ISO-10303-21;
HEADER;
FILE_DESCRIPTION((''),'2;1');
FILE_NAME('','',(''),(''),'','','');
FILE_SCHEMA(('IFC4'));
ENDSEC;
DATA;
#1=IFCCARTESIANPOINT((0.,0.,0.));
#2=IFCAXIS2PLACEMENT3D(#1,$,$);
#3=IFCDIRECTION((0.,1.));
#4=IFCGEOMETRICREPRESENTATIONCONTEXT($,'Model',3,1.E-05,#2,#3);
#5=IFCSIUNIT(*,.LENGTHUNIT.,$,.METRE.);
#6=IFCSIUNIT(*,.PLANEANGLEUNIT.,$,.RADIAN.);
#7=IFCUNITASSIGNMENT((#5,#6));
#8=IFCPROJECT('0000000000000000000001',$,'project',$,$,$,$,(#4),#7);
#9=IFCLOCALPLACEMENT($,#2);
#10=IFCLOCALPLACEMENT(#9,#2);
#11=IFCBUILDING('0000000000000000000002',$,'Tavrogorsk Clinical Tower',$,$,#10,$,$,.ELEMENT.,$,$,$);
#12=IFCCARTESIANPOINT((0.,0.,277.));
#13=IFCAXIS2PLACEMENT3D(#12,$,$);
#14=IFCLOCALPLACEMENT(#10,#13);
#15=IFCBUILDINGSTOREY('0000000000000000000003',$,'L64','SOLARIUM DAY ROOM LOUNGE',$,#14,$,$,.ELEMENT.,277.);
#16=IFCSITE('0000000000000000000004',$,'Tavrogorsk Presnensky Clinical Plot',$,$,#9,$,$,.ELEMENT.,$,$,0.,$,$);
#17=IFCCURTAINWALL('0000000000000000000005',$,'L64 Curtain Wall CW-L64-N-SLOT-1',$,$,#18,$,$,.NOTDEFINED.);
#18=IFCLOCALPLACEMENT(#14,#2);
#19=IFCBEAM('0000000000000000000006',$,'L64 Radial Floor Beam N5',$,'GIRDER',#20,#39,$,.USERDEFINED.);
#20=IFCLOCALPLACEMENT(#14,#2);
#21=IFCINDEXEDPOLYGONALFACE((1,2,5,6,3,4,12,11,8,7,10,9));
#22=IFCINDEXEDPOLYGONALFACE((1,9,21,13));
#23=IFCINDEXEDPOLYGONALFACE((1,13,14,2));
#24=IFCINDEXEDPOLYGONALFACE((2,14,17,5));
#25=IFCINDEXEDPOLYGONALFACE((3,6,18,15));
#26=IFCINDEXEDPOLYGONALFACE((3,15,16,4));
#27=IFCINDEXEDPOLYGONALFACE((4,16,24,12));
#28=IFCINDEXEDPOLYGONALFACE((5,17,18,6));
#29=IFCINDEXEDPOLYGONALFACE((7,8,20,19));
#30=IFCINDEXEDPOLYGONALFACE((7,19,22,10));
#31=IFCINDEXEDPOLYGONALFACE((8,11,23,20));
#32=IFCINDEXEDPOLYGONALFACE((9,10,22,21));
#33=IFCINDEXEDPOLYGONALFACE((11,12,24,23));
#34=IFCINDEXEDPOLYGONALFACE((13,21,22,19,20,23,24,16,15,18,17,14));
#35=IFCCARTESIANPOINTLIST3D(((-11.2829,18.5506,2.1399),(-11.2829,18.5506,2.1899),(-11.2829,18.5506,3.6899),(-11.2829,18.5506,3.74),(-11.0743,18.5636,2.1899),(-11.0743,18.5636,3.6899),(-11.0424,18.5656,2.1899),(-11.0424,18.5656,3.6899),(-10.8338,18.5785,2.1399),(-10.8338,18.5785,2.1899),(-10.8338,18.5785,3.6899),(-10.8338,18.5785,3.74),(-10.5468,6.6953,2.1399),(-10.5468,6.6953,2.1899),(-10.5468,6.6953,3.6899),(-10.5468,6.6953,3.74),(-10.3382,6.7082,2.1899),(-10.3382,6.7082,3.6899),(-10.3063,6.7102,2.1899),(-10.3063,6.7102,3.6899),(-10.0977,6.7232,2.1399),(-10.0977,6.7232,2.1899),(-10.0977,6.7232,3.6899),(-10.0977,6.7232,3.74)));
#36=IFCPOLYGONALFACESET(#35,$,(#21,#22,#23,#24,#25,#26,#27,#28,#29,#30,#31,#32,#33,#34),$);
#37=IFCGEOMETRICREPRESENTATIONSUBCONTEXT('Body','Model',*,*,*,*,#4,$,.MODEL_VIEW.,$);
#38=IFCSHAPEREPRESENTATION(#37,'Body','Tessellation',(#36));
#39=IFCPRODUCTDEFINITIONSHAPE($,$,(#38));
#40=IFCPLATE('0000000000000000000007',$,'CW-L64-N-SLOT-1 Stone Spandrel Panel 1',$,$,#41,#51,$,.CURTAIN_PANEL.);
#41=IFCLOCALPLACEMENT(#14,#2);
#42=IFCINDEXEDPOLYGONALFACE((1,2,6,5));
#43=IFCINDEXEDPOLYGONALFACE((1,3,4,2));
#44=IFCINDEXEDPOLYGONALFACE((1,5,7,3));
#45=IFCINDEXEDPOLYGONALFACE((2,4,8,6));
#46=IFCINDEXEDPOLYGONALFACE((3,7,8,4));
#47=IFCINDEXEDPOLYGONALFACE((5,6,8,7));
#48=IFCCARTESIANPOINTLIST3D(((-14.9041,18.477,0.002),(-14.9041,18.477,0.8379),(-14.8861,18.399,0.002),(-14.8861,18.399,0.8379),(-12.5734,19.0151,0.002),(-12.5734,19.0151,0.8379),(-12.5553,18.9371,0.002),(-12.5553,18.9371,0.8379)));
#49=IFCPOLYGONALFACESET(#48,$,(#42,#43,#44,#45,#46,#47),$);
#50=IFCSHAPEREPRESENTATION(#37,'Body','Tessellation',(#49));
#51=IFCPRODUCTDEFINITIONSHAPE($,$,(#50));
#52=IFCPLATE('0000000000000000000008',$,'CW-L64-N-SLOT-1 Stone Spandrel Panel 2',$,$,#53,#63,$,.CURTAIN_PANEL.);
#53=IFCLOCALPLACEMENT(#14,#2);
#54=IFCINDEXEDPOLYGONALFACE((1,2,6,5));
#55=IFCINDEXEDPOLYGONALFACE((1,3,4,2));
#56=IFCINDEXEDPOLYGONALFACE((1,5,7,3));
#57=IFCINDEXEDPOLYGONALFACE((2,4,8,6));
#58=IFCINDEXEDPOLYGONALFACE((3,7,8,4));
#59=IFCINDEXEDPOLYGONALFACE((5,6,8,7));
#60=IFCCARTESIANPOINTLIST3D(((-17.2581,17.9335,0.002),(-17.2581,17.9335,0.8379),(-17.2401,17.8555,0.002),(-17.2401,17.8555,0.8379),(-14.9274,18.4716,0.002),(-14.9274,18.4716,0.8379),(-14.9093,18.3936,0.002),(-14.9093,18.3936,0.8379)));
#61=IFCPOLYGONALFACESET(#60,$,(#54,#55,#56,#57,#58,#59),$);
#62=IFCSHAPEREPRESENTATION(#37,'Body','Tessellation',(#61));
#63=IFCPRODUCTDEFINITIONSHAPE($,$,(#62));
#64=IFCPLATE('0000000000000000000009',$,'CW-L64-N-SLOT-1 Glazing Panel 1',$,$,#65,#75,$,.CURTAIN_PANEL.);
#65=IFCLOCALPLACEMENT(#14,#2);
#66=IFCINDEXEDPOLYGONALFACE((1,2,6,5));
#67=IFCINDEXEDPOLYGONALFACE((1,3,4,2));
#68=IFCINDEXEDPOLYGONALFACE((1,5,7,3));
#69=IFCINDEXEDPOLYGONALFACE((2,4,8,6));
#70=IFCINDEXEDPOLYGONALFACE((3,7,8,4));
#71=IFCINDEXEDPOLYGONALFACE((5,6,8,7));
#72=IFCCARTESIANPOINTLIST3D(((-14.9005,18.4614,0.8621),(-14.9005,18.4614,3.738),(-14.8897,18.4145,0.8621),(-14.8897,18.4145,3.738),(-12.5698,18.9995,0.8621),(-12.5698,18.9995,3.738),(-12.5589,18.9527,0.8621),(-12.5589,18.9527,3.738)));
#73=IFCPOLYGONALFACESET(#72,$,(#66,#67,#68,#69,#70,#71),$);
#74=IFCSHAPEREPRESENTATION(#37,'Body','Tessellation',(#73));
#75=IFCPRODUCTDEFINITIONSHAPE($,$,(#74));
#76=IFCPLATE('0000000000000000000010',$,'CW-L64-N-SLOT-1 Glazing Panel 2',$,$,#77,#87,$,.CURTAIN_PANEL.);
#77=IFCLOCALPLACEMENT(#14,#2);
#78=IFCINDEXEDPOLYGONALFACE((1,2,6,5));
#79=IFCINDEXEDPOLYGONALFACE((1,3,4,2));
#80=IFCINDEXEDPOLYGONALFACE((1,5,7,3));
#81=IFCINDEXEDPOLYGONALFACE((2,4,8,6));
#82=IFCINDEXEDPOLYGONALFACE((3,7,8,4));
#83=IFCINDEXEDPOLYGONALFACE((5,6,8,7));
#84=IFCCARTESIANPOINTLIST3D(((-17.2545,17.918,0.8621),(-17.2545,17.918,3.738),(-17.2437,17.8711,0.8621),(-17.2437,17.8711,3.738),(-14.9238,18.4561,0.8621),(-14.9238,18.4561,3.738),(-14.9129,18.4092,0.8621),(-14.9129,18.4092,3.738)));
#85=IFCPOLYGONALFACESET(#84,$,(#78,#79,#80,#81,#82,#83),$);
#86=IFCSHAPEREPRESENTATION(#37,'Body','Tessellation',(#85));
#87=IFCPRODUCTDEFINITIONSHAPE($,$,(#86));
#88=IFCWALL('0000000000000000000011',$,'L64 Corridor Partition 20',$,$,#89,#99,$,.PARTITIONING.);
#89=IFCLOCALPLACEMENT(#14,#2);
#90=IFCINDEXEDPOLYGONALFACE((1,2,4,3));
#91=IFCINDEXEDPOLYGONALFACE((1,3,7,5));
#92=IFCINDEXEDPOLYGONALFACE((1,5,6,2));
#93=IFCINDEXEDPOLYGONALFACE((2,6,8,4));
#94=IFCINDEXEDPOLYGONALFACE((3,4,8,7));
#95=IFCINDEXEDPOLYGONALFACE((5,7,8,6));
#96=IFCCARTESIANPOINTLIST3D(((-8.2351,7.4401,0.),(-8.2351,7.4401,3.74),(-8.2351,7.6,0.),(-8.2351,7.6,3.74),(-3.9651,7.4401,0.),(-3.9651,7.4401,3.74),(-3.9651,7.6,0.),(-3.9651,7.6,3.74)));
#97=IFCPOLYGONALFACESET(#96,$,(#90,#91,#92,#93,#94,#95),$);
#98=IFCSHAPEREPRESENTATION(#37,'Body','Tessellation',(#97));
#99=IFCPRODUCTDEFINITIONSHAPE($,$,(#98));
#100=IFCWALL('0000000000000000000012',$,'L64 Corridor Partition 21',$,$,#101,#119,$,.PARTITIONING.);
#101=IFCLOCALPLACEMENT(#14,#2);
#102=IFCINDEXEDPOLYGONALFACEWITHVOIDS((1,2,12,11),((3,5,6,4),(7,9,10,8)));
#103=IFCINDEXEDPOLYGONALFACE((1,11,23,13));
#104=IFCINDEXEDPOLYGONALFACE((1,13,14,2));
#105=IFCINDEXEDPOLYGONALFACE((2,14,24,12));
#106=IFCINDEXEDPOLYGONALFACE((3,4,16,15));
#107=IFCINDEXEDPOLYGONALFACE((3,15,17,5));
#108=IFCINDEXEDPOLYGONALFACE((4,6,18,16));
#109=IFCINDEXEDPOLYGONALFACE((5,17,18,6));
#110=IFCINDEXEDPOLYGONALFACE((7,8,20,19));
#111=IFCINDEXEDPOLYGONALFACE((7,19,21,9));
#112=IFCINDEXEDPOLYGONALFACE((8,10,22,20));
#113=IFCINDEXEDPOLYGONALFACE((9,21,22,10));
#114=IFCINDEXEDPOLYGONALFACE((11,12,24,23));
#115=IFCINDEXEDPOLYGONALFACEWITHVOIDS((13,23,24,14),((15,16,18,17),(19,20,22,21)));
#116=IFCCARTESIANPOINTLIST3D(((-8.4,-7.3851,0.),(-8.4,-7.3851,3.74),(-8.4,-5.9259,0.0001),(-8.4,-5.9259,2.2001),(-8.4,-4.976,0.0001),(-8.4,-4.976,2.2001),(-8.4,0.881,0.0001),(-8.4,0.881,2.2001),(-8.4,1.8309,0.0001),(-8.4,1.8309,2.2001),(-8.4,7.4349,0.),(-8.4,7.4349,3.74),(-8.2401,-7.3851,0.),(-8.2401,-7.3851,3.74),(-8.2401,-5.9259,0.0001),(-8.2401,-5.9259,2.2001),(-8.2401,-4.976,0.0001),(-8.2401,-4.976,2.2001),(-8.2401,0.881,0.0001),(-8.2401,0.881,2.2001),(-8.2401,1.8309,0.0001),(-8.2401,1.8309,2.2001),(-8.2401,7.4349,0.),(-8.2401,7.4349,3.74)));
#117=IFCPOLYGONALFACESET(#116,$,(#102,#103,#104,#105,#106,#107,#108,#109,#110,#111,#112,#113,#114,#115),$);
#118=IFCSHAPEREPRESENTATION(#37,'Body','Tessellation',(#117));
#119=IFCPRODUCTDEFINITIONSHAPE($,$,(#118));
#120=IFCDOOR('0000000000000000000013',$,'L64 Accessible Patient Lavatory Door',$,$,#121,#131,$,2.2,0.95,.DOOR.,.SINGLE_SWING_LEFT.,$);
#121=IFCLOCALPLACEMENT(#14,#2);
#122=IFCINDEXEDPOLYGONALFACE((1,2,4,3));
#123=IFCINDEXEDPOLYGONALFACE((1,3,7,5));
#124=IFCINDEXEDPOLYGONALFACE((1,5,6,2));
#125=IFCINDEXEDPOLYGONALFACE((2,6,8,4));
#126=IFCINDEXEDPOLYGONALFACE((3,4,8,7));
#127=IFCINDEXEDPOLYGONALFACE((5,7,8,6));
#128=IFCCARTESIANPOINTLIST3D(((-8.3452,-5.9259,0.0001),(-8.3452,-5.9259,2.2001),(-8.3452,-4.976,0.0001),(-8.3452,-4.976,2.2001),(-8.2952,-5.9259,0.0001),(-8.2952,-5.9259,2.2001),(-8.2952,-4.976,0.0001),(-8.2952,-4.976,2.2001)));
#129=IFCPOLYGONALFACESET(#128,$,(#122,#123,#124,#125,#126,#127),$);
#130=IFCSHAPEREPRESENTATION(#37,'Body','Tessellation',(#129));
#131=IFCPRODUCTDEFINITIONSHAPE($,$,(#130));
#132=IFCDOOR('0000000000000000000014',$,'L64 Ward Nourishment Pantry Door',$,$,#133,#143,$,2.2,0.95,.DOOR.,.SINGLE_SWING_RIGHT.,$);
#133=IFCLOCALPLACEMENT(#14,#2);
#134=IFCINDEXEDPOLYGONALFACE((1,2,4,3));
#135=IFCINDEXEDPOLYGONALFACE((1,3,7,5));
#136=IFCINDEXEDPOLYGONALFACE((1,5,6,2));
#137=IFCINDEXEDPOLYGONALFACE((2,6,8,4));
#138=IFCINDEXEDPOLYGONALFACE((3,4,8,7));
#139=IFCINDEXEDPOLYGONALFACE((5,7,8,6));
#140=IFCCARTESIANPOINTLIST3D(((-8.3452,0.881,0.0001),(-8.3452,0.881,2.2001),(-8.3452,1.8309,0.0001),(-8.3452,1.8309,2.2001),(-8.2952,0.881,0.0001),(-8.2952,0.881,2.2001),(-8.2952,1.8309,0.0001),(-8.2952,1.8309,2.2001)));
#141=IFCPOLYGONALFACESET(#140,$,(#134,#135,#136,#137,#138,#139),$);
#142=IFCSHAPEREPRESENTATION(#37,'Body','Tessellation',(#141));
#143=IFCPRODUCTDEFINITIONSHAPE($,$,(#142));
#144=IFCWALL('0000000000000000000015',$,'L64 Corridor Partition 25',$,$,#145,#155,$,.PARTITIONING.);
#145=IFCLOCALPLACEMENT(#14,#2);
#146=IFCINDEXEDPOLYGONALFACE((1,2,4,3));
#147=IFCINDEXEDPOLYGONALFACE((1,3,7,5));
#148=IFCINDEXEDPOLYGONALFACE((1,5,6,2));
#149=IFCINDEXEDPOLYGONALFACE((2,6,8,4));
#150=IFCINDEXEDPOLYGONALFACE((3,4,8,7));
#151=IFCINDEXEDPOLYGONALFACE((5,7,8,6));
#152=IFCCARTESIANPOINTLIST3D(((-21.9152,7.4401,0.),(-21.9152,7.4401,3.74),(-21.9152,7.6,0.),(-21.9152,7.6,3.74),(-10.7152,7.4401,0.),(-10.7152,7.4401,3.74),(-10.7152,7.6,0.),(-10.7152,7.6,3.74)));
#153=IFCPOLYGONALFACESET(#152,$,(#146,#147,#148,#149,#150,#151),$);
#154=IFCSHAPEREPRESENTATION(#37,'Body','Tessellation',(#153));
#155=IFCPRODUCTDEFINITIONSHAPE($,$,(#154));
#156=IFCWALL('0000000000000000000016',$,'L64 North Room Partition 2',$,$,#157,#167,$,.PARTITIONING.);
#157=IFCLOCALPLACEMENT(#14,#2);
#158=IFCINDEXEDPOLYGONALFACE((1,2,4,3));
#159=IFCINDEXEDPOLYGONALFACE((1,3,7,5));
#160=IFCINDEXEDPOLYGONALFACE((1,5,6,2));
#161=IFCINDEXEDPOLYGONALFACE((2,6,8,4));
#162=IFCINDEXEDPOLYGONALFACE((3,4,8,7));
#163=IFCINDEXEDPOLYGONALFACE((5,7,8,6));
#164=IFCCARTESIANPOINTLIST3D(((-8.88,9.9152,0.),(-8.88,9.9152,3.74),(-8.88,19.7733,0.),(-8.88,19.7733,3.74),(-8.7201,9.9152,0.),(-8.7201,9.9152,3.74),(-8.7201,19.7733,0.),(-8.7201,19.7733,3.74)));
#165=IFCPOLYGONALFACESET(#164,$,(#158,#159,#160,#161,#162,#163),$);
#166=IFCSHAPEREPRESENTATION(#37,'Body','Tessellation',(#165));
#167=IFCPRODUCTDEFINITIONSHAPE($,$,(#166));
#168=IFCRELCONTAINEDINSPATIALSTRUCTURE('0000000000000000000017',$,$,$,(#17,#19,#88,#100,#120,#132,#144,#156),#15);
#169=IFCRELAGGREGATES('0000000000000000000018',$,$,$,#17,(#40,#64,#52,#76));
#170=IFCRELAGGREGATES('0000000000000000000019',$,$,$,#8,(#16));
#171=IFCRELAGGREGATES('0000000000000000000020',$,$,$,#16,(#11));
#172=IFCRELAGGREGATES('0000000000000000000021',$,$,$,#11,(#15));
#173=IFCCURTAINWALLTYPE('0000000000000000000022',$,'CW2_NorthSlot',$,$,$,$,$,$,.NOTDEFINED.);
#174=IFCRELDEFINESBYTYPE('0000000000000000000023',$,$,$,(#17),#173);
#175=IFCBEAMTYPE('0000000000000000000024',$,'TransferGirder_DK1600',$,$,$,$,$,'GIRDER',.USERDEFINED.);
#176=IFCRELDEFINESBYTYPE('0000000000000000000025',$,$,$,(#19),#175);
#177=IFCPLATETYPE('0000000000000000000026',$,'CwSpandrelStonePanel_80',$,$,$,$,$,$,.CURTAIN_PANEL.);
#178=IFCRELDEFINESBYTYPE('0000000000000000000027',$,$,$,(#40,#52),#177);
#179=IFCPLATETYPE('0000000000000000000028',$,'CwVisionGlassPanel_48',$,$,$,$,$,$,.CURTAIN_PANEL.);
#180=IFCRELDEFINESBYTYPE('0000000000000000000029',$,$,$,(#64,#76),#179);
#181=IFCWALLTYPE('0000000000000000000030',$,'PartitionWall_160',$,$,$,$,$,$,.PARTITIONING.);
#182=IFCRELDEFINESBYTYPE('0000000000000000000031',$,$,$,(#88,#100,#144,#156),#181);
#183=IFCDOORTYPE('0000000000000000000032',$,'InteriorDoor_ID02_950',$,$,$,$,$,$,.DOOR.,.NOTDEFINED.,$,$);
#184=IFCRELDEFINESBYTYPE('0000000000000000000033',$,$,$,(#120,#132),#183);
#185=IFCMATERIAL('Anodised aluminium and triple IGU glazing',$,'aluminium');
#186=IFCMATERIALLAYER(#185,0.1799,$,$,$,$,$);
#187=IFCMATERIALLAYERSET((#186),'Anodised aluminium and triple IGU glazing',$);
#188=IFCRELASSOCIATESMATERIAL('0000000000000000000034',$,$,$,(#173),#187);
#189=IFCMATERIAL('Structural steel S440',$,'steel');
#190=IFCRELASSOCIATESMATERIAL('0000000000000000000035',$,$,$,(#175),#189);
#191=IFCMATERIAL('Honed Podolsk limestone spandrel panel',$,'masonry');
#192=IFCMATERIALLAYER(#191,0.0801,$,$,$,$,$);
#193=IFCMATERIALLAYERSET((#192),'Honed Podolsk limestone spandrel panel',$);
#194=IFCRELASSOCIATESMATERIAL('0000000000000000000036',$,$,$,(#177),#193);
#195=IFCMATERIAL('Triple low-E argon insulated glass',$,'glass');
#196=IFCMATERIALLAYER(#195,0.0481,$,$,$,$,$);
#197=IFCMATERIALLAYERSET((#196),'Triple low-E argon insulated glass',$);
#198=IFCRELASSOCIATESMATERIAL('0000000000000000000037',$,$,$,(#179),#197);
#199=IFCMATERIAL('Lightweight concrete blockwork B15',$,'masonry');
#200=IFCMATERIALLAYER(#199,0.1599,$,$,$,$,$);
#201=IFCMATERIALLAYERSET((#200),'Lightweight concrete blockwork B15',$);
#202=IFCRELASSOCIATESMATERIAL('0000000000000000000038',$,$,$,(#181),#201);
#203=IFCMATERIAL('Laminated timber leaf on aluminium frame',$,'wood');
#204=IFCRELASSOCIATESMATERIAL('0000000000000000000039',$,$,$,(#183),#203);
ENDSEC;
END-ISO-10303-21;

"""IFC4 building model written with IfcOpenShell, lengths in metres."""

from ifc_helpers import new_model, si_unit, direction, frame, frame_2d, origin, origin_2d, place, context, subcontext, project, spatial, rectangle, i_section, extrude, material, layer, layer_set, material_profile, profile_set, type_object, element, fill, aggregate, save


model = new_model("IFC4")

# Units and contexts
model_context = context("Model", 3, precision=1e-05, world=origin(), true_north=direction((0.0, 1.0)))
body_context = subcontext(model_context, "Body", "Model", "MODEL_VIEW")
ifc_project = project(units=[si_unit("LENGTHUNIT", "METRE"), si_unit("PLANEANGLEUNIT", "RADIAN")], contexts=[model_context])

# Site, building, storey
site_placement = place(None, origin())
site = spatial("IfcSite", under=ifc_project, at=site_placement, Name="Tavrogorsk Presnensky Clinical Plot", CompositionType="ELEMENT", RefElevation=0.0)
building_placement = place(site_placement, origin())
building = spatial("IfcBuilding", under=site, at=building_placement, Name="Tavrogorsk Clinical Tower", CompositionType="ELEMENT")
storey_placement = place(building_placement, frame((0.0, 0.0, 277.0)))
storey = spatial("IfcBuildingStorey", under=building, at=storey_placement, Name="L64", Description="SOLARIUM DAY ROOM LOUNGE", CompositionType="ELEMENT", Elevation=277.0)

# Curtain wall
ifc_material_1 = material(Name="Anodised aluminium and triple IGU glazing", Category="aluminium")
ifc_layer_1 = layer(ifc_material_1, 0.1799)
ifc_layer_set_1 = layer_set([ifc_layer_1], Name="Anodised aluminium and triple IGU glazing")
curtain_wall_type = type_object("IfcCurtainWallType", Name="CW2_NorthSlot", PredefinedType="NOTDEFINED", material=ifc_layer_set_1)
curtain_wall_placement = place(storey_placement, origin())
curtain_wall = element("IfcCurtainWall", 1, at=curtain_wall_placement, inside=storey, type_object=curtain_wall_type, Name="L64 Curtain Wall CW-L64-N-SLOT-1", PredefinedType="NOTDEFINED")

# Beam
ifc_material_2 = material(Name="Structural steel S440", Category="steel")
ifc_material_profile_1 = material_profile(ifc_material_2, i_section(OverallWidth=0.45, OverallDepth=1.6001, WebThickness=0.032, FlangeThickness=0.05, at=origin_2d()), Name="DK-1600x450x32x50")
ifc_profile_set_1 = profile_set([ifc_material_profile_1], Name="Structural steel S440")
beam_type_1 = type_object("IfcBeamType", Name="TransferGirder_DK1600", ElementType="GIRDER", PredefinedType="USERDEFINED", material=ifc_profile_set_1)
beam_1_placement = place(storey_placement, frame((-10.3223, 6.7092, 2.9399), z_axis=(-0.06197, 0.998078, 0.0), x_axis=(-0.998078, -0.06197, 0.0)))
element("IfcBeam", 2, at=beam_1_placement, inside=storey, type_object=beam_type_1, Name="L64 Radial Floor Beam N5", ObjectType="GIRDER", PredefinedType="USERDEFINED", context=body_context, shape_type="SweptSolid", body=[
    extrude(i_section(OverallWidth=0.45, OverallDepth=1.6001, WebThickness=0.032, FlangeThickness=0.05, at=origin_2d()), origin(), (0.0, 0.0, 1.0), 11.8782),
])

# Plates
ifc_material_3 = material(Name="Honed Podolsk limestone spandrel panel", Category="masonry")
ifc_layer_2 = layer(ifc_material_3, 0.0801)
ifc_layer_set_2 = layer_set([ifc_layer_2], Name="Honed Podolsk limestone spandrel panel")
plate_type_1 = type_object("IfcPlateType", Name="CwSpandrelStonePanel_80", PredefinedType="CURTAIN_PANEL", material=ifc_layer_set_2)
plate_1_placement = place(storey_placement, frame((-13.7297, 18.707, 0.002), z_axis=(0.0, 0.0, 1.0), x_axis=(-0.97437, -0.224951, 0.0)))
plate_1 = element("IfcPlate", 3, at=plate_1_placement, type_object=plate_type_1, Name="CW-L64-N-SLOT-1 Stone Spandrel Panel 1", PredefinedType="CURTAIN_PANEL", context=body_context, shape_type="SweptSolid", body=[
    extrude(rectangle(XDim=2.3921, YDim=0.0801, at=origin_2d()), origin(), (0.0, 0.0, 1.0), 0.8359),
])
plate_2_placement = place(storey_placement, frame((-16.0837, 18.1636, 0.002), z_axis=(0.0, 0.0, 1.0), x_axis=(-0.97437, -0.224951, 0.0)))
plate_2 = element("IfcPlate", 4, at=plate_2_placement, type_object=plate_type_1, Name="CW-L64-N-SLOT-1 Stone Spandrel Panel 2", PredefinedType="CURTAIN_PANEL", context=body_context, shape_type="SweptSolid", body=[
    extrude(rectangle(XDim=2.3921, YDim=0.0801, at=origin_2d()), origin(), (0.0, 0.0, 1.0), 0.8359),
])
ifc_material_4 = material(Name="Triple low-E argon insulated glass", Category="glass")
ifc_layer_3 = layer(ifc_material_4, 0.0481)
ifc_layer_set_3 = layer_set([ifc_layer_3], Name="Triple low-E argon insulated glass")
plate_type_2 = type_object("IfcPlateType", Name="CwVisionGlassPanel_48", PredefinedType="CURTAIN_PANEL", material=ifc_layer_set_3)
plate_3_placement = place(storey_placement, frame((-13.7297, 18.707, 0.8621), z_axis=(0.0, 0.0, 1.0), x_axis=(-0.97437, -0.224951, 0.0)))
plate_3 = element("IfcPlate", 5, at=plate_3_placement, type_object=plate_type_2, Name="CW-L64-N-SLOT-1 Glazing Panel 1", PredefinedType="CURTAIN_PANEL", context=body_context, shape_type="SweptSolid", body=[
    extrude(rectangle(XDim=2.3921, YDim=0.0481, at=origin_2d()), origin(), (0.0, 0.0, 1.0), 2.876),
])
plate_4_placement = place(storey_placement, frame((-16.0837, 18.1636, 0.8621), z_axis=(0.0, 0.0, 1.0), x_axis=(-0.97437, -0.224951, 0.0)))
plate_4 = element("IfcPlate", 6, at=plate_4_placement, type_object=plate_type_2, Name="CW-L64-N-SLOT-1 Glazing Panel 2", PredefinedType="CURTAIN_PANEL", context=body_context, shape_type="SweptSolid", body=[
    extrude(rectangle(XDim=2.3921, YDim=0.0481, at=origin_2d()), origin(), (0.0, 0.0, 1.0), 2.876),
])
aggregate(curtain_wall, [plate_1, plate_3, plate_2, plate_4])

# Wall
ifc_material_5 = material(Name="Lightweight concrete blockwork B15", Category="masonry")
ifc_layer_4 = layer(ifc_material_5, 0.1599)
ifc_layer_set_4 = layer_set([ifc_layer_4], Name="Lightweight concrete blockwork B15")
wall_type_1 = type_object("IfcWallType", Name="PartitionWall_160", PredefinedType="PARTITIONING", material=ifc_layer_set_4)
wall_1_placement = place(storey_placement, frame((-3.9651, 7.52, 0.0), z_axis=(0.0, 0.0, 1.0), x_axis=(-1.0, 0.0, 0.0)))
element("IfcWall", 7, at=wall_1_placement, inside=storey, type_object=wall_type_1, Name="L64 Corridor Partition 20", PredefinedType="PARTITIONING", context=body_context, shape_type="SweptSolid", body=[
    extrude(rectangle(XDim=4.27, YDim=0.1599, at=frame_2d((2.135, 0.0))), origin(), (0.0, 0.0, 1.0), 3.74),
])

# Wall, openings, doors
wall_2_placement = place(storey_placement, frame((-8.3201, 7.4351, 0.0), z_axis=(0.0, 0.0, 1.0), x_axis=(0.0, -1.0, 0.0)))
wall_2 = element("IfcWall", 8, at=wall_2_placement, inside=storey, type_object=wall_type_1, Name="L64 Corridor Partition 21", PredefinedType="PARTITIONING", context=body_context, shape_type="SweptSolid", body=[
    extrude(rectangle(XDim=14.8201, YDim=0.1599, at=frame_2d((7.4102, 0.0))), origin(), (0.0, 0.0, 1.0), 3.74),
])
opening_1_placement = place(wall_2_placement, frame((12.4109, 0.0, 0.0)))
opening_1 = element("IfcOpeningElement", 9, at=opening_1_placement, cuts=wall_2, PredefinedType="OPENING", context=body_context, shape_type="SweptSolid", body=[
    extrude(rectangle(XDim=0.95, YDim=2.2, at=frame_2d((0.4751, 1.1001))), frame((0.0, 0.0898, 0.0), z_axis=(0.0, -1.0, 0.0), x_axis=(1.0, 0.0, 0.0)), (0.0, 0.0, 1.0), 0.1799),
])
opening_2_placement = place(wall_2_placement, frame((5.604, 0.0, 0.0)))
opening_2 = element("IfcOpeningElement", 10, at=opening_2_placement, cuts=wall_2, PredefinedType="OPENING", context=body_context, shape_type="SweptSolid", body=[
    extrude(rectangle(XDim=0.95, YDim=2.2, at=frame_2d((0.4751, 1.1001))), frame((0.0, 0.0898, 0.0), z_axis=(0.0, -1.0, 0.0), x_axis=(1.0, 0.0, 0.0)), (0.0, 0.0, 1.0), 0.1799),
])
ifc_material_6 = material(Name="Laminated timber leaf on aluminium frame", Category="wood")
door_type = type_object("IfcDoorType", Name="InteriorDoor_ID02_950", OperationType="NOTDEFINED", PredefinedType="DOOR", material=ifc_material_6)
door_1_placement = place(opening_1_placement, origin())
door_1 = element("IfcDoor", 11, at=door_1_placement, inside=storey, type_object=door_type, Name="L64 Accessible Patient Lavatory Door", OperationType="SINGLE_SWING_LEFT", OverallHeight=2.2, OverallWidth=0.95, PredefinedType="DOOR", context=body_context, shape_type="SweptSolid", body=[
    extrude(rectangle(XDim=0.95, YDim=2.2, at=frame_2d((0.4751, 1.1001))), frame((0.0, 0.0249, 0.0), z_axis=(0.0, -1.0, 0.0), x_axis=(1.0, 0.0, 0.0)), (0.0, 0.0, 1.0), 0.05),
])
fill(opening_1, door_1)
door_2_placement = place(opening_2_placement, origin())
door_2 = element("IfcDoor", 12, at=door_2_placement, inside=storey, type_object=door_type, Name="L64 Ward Nourishment Pantry Door", OperationType="SINGLE_SWING_RIGHT", OverallHeight=2.2, OverallWidth=0.95, PredefinedType="DOOR", context=body_context, shape_type="SweptSolid", body=[
    extrude(rectangle(XDim=0.95, YDim=2.2, at=frame_2d((0.4751, 1.1001))), frame((0.0, 0.0249, 0.0), z_axis=(0.0, -1.0, 0.0), x_axis=(1.0, 0.0, 0.0)), (0.0, 0.0, 1.0), 0.05),
])
fill(opening_2, door_2)

# Walls
wall_3_placement = place(storey_placement, frame((-10.7151, 7.52, 0.0), z_axis=(0.0, 0.0, 1.0), x_axis=(-1.0, 0.0, 0.0)))
element("IfcWall", 13, at=wall_3_placement, inside=storey, type_object=wall_type_1, Name="L64 Corridor Partition 25", PredefinedType="PARTITIONING", context=body_context, shape_type="SweptSolid", body=[
    extrude(rectangle(XDim=11.2, YDim=0.1599, at=frame_2d((5.6001, 0.0))), origin(), (0.0, 0.0, 1.0), 3.74),
])
wall_4_placement = place(storey_placement, frame((-8.8, 9.915, 0.0), z_axis=(0.0, 0.0, 1.0), x_axis=(0.0, 1.0, 0.0)))
element("IfcWall", 14, at=wall_4_placement, inside=storey, type_object=wall_type_1, Name="L64 North Room Partition 2", PredefinedType="PARTITIONING", context=body_context, shape_type="SweptSolid", body=[
    extrude(rectangle(XDim=9.8582, YDim=0.1599, at=frame_2d((4.9292, 0.0))), origin(), (0.0, 0.0, 1.0), 3.74),
])

save(model, "model.ifc")
